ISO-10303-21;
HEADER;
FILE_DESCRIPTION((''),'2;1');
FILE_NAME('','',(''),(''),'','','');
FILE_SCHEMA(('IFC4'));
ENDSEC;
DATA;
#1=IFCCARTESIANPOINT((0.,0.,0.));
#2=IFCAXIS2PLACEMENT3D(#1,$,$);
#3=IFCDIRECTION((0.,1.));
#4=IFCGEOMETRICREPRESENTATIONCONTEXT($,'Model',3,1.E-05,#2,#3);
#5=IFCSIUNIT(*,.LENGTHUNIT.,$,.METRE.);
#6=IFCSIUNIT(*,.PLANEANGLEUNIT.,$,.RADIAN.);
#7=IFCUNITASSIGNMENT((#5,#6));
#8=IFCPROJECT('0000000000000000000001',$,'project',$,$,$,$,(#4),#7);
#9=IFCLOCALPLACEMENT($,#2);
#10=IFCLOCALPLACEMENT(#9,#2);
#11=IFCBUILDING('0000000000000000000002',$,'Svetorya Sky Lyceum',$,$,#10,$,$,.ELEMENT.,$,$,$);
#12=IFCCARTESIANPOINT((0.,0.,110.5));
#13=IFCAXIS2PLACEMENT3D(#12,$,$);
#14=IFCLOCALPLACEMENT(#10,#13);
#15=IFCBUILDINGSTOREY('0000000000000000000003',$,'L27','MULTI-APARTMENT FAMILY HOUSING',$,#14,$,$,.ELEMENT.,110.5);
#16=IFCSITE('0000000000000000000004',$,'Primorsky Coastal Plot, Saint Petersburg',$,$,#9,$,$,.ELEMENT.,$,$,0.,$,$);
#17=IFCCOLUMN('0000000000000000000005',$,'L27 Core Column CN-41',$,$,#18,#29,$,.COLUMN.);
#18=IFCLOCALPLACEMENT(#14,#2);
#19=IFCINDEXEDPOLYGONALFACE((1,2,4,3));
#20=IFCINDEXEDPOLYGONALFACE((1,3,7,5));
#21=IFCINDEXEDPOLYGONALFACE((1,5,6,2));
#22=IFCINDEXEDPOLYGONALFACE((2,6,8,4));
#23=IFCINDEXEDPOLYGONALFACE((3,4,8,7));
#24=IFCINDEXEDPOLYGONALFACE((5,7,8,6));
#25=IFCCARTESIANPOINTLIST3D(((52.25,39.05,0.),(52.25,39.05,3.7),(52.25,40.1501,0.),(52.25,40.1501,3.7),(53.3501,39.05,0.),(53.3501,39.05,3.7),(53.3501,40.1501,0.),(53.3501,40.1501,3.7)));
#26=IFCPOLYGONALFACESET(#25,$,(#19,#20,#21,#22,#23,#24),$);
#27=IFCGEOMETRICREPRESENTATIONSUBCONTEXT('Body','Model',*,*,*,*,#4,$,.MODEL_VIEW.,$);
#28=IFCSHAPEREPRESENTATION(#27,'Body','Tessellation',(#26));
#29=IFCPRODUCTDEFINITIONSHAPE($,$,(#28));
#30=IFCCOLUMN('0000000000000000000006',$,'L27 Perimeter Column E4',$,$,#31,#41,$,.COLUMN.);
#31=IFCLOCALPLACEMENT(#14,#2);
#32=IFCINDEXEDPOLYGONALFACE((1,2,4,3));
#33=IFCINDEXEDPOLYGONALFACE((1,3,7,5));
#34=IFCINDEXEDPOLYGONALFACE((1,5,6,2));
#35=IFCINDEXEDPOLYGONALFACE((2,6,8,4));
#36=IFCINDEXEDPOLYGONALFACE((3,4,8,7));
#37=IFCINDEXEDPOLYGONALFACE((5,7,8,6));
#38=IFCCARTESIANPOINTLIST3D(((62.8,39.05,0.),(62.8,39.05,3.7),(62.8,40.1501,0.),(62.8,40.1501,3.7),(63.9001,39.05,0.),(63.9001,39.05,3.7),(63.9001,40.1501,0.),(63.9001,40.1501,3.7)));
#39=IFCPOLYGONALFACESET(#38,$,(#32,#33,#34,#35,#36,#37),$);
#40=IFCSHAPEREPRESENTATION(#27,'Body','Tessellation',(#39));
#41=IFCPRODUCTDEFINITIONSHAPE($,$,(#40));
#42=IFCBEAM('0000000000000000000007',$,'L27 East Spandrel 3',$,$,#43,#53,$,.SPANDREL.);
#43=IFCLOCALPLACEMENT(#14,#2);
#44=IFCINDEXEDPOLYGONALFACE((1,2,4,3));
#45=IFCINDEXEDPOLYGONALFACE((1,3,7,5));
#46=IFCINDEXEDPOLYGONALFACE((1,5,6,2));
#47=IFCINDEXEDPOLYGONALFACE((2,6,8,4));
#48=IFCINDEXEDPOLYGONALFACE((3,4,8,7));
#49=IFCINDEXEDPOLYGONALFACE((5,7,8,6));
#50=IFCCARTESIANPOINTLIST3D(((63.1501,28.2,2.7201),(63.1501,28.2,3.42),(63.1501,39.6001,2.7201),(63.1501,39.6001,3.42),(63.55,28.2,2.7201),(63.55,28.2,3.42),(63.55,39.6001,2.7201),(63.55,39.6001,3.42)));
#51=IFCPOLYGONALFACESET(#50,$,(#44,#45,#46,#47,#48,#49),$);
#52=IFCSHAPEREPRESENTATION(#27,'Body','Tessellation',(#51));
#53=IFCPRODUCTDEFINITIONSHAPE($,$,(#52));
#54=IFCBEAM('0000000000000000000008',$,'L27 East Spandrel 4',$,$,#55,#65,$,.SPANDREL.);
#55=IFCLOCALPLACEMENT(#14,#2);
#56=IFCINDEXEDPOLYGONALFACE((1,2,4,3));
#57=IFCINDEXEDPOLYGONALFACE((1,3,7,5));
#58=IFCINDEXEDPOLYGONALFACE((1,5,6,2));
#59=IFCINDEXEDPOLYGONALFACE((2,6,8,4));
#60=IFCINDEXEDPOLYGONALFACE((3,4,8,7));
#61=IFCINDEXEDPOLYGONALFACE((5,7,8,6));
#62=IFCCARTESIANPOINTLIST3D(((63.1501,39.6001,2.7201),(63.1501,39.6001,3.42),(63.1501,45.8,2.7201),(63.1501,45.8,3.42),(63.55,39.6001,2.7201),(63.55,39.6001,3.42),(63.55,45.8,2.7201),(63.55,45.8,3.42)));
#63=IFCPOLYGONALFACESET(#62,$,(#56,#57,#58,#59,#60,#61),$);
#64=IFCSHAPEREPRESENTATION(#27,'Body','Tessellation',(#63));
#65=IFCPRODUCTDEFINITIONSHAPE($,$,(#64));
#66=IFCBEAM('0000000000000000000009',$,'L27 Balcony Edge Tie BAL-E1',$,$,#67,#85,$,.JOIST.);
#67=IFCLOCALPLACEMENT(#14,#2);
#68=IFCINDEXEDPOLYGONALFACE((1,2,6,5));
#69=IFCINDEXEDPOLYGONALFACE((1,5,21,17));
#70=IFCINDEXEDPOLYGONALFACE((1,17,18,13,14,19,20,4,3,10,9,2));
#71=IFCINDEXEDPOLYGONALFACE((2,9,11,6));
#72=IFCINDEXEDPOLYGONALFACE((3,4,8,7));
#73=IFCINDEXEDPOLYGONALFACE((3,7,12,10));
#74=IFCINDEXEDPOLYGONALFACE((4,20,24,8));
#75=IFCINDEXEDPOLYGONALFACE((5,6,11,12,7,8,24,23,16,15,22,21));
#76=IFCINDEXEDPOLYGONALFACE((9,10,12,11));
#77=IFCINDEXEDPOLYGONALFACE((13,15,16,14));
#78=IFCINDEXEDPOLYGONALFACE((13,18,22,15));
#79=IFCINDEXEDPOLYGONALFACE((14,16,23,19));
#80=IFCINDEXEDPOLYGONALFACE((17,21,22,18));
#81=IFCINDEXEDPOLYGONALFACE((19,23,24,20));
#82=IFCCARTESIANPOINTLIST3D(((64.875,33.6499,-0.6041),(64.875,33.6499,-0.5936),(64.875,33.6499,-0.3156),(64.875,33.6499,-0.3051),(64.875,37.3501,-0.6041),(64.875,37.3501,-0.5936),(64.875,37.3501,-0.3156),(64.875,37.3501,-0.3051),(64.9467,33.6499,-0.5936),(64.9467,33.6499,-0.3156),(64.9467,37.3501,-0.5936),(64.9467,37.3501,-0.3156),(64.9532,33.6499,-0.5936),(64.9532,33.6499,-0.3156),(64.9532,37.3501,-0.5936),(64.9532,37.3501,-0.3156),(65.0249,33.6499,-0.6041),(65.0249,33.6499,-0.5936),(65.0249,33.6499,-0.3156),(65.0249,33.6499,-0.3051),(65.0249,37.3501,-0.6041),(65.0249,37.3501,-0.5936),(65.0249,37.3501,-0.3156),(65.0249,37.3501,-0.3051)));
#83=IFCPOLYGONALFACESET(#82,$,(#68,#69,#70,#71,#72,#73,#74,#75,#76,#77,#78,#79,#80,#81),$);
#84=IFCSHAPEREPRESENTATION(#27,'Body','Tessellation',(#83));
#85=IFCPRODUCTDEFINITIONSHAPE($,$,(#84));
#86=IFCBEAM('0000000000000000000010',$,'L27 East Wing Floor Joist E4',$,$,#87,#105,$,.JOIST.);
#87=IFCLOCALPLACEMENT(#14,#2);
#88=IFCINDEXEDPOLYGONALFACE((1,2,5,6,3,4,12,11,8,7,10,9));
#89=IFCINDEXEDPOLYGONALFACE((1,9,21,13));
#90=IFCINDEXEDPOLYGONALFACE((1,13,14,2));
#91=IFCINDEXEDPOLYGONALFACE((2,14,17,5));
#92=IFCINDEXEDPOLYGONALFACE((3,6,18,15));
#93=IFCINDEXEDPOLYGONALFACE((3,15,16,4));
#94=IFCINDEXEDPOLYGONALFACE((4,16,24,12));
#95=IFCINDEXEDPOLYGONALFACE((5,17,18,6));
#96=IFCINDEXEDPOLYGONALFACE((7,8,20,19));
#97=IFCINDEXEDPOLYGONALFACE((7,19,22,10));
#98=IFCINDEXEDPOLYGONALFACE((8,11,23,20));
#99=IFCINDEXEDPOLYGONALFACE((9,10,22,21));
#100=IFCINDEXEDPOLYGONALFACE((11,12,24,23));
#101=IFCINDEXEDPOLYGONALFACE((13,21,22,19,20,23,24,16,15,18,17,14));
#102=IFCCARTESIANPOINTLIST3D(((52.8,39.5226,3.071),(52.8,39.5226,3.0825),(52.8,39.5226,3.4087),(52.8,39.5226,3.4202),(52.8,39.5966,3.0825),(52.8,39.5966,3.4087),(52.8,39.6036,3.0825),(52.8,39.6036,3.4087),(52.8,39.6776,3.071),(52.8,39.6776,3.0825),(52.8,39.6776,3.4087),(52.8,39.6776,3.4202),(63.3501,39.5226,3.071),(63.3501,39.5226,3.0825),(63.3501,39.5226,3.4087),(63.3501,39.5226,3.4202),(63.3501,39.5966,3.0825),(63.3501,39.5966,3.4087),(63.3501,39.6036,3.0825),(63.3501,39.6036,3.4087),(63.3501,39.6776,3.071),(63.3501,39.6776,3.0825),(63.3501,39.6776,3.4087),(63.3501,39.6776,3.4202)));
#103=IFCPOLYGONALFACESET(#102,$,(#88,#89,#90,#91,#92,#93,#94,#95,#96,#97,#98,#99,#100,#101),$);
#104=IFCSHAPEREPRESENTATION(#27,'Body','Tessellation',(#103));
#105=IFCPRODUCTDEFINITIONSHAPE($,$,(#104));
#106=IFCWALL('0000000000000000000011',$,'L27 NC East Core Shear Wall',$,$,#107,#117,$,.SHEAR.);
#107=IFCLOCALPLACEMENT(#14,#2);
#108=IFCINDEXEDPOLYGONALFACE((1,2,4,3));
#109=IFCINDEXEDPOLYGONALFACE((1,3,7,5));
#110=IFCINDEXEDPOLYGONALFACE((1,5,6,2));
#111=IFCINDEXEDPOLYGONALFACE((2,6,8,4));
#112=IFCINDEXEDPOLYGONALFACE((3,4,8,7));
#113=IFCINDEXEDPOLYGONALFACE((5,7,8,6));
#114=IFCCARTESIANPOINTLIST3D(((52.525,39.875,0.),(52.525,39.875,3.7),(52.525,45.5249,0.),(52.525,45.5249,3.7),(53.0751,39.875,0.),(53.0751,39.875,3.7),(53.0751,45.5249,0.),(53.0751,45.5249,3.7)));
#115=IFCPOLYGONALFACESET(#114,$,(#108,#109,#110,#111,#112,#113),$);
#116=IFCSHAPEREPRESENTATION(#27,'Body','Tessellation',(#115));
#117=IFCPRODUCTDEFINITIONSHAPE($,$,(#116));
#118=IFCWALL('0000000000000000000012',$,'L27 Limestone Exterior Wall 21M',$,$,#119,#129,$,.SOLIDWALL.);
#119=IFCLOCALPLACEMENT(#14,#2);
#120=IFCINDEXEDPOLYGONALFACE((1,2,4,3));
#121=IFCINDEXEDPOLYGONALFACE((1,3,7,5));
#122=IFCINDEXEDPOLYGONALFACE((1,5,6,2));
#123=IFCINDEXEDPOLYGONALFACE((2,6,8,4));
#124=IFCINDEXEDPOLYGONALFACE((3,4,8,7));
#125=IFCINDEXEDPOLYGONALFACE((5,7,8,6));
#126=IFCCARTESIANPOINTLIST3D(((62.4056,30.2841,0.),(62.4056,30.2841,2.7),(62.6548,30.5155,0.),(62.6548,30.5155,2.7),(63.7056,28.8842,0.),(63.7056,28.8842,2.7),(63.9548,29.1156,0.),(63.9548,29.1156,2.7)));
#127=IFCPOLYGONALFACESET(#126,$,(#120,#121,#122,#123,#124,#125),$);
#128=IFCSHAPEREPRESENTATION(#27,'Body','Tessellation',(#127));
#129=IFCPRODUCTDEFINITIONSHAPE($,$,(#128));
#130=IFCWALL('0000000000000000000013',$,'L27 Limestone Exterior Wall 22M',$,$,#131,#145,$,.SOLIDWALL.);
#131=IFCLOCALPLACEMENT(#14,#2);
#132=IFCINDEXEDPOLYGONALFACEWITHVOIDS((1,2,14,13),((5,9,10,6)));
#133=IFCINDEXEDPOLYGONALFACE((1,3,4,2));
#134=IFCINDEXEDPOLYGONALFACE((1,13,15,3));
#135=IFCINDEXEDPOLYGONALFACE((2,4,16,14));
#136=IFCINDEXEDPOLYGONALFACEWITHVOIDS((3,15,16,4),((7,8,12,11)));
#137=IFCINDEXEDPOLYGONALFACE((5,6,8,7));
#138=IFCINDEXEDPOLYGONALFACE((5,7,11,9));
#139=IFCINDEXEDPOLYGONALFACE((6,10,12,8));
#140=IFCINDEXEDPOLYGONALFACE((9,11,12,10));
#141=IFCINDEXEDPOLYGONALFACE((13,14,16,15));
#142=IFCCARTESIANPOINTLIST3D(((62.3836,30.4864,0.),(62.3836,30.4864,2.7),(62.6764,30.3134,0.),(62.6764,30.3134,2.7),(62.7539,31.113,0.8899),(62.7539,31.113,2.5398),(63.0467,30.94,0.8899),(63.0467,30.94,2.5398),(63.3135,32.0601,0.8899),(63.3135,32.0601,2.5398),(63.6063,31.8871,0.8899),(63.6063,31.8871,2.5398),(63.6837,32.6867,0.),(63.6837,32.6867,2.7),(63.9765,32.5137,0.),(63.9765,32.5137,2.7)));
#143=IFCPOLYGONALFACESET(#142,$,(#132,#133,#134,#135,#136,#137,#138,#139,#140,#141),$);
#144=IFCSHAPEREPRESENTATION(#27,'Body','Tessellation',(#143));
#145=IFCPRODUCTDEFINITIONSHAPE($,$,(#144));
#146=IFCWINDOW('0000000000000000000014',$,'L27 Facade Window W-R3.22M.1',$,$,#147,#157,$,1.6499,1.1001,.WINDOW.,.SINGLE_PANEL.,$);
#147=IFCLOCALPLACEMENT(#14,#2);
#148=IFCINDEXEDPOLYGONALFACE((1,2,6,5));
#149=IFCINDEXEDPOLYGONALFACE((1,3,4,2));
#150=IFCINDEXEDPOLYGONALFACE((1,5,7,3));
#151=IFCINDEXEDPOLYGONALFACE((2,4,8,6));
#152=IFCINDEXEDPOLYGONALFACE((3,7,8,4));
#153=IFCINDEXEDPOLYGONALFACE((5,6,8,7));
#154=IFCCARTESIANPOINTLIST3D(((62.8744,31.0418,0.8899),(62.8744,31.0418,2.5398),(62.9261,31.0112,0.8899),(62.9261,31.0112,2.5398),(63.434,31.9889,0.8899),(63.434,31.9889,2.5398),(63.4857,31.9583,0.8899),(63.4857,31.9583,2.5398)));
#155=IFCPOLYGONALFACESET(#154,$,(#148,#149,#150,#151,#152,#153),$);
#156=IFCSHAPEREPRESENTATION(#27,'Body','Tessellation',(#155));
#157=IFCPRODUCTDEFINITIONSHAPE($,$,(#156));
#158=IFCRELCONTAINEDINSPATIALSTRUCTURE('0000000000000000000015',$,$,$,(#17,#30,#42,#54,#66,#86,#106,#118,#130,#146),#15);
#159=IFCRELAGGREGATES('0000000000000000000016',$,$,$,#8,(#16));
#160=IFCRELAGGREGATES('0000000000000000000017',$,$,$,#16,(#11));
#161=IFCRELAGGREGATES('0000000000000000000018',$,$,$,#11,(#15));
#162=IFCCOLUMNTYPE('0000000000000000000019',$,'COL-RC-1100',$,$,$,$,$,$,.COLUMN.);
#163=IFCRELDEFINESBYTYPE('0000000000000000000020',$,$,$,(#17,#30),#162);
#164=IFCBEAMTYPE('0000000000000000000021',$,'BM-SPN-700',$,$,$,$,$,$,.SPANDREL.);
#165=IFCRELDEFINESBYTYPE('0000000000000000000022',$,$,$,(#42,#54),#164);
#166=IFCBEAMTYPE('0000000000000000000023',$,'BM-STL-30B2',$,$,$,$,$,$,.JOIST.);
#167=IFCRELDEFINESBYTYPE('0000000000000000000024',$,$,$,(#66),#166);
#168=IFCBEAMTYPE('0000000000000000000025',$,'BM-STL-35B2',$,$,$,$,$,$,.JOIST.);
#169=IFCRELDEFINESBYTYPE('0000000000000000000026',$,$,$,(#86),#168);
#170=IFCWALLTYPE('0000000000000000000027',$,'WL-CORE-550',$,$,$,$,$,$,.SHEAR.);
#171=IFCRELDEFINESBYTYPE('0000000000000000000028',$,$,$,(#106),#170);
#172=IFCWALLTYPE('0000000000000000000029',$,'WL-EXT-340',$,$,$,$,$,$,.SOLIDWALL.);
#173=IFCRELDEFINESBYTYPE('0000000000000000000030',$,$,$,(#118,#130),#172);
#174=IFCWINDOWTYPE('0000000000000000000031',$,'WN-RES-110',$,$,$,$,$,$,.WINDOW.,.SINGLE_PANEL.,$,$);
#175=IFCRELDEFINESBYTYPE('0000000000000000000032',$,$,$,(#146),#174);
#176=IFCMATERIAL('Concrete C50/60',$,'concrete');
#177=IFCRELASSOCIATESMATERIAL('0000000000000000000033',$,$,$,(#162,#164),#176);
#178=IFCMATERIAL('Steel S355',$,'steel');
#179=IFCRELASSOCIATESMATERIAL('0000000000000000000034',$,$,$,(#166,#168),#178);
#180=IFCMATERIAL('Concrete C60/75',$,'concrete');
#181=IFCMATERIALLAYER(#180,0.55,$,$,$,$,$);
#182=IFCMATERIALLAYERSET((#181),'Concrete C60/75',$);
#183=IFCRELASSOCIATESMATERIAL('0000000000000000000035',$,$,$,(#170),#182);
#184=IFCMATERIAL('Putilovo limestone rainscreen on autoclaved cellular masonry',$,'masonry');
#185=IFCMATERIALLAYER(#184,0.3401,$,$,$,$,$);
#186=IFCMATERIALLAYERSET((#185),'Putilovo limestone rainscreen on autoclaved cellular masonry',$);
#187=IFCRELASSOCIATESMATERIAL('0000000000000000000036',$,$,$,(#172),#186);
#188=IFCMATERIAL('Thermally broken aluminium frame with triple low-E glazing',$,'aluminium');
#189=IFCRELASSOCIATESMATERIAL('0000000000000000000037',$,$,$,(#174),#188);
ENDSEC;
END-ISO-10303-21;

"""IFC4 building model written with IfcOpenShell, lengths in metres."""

from ifc_helpers import new_model, si_unit, direction, frame, frame_2d, origin, origin_2d, place, context, subcontext, project, spatial, rectangle, i_section, extrude, material, layer, layer_set, material_profile, profile_set, type_object, element, fill, save


model = new_model("IFC4")

# Units and contexts
model_context = context("Model", 3, precision=1e-05, world=origin(), true_north=direction((0.0, 1.0)))
body_context = subcontext(model_context, "Body", "Model", "MODEL_VIEW")
ifc_project = project(units=[si_unit("LENGTHUNIT", "METRE"), si_unit("PLANEANGLEUNIT", "RADIAN")], contexts=[model_context])

# Site, building, storey
site_placement = place(None, origin())
site = spatial("IfcSite", under=ifc_project, at=site_placement, Name="Primorsky Coastal Plot, Saint Petersburg", CompositionType="ELEMENT", RefElevation=0.0)
building_placement = place(site_placement, origin())
building = spatial("IfcBuilding", under=site, at=building_placement, Name="Svetorya Sky Lyceum", CompositionType="ELEMENT")
storey_placement = place(building_placement, frame((0.0, 0.0, 110.5)))
storey = spatial("IfcBuildingStorey", under=building, at=storey_placement, Name="L27", Description="MULTI-APARTMENT FAMILY HOUSING", CompositionType="ELEMENT", Elevation=110.5)

# Columns
ifc_material_1 = material(Name="Concrete C50/60", Category="concrete")
ifc_material_profile_1 = material_profile(ifc_material_1, rectangle(XDim=1.1001, YDim=1.1001, at=origin_2d()), Name="RC COL 1100x1100")
ifc_profile_set_1 = profile_set([ifc_material_profile_1], Name="Concrete C50/60")
column_type = type_object("IfcColumnType", Name="COL-RC-1100", PredefinedType="COLUMN", material=ifc_profile_set_1)
for number, where, z_axis, x_axis, name in (
    (1, (52.8, 39.6001, 0.0), (0.0, 0.0, 1.0), (1.0, 0.0, 0.0), "L27 Core Column CN-41"),
    (2, (63.3501, 39.6001, 0.0), (0.0, 0.0, 1.0), (1.0, 0.0, 0.0), "L27 Perimeter Column E4"),
):
    element("IfcColumn", number, at=place(storey_placement, frame(where, z_axis=z_axis, x_axis=x_axis)), inside=storey, type_object=column_type, Name=name, PredefinedType="COLUMN", context=body_context, shape_type="SweptSolid", body=[
        extrude(rectangle(XDim=1.1001, YDim=1.1001, at=origin_2d()), origin(), (0.0, 0.0, 1.0), 3.7),
    ])

# Beams
ifc_material_profile_2 = material_profile(ifc_material_1, rectangle(XDim=0.3999, YDim=0.7, at=origin_2d()), Name="RC SPANDREL 400x700")
ifc_profile_set_2 = profile_set([ifc_material_profile_2], Name="Concrete C50/60")
beam_type_1 = type_object("IfcBeamType", Name="BM-SPN-700", PredefinedType="SPANDREL", material=ifc_profile_set_2)
beam_1_placement = place(storey_placement, frame((63.3501, 28.2, 3.0701), z_axis=(0.0, 1.0, 0.0), x_axis=(-1.0, 0.0, 0.0)))
element("IfcBeam", 3, at=beam_1_placement, inside=storey, type_object=beam_type_1, Name="L27 East Spandrel 3", PredefinedType="SPANDREL", context=body_context, shape_type="SweptSolid", body=[
    extrude(rectangle(XDim=0.3999, YDim=0.7, at=origin_2d()), origin(), (0.0, 0.0, 1.0), 11.4001),
])
beam_2_placement = place(storey_placement, frame((63.3501, 39.6001, 3.0701), z_axis=(0.0, 1.0, 0.0), x_axis=(-1.0, 0.0, 0.0)))
element("IfcBeam", 4, at=beam_2_placement, inside=storey, type_object=beam_type_1, Name="L27 East Spandrel 4", PredefinedType="SPANDREL", context=body_context, shape_type="SweptSolid", body=[
    extrude(rectangle(XDim=0.3999, YDim=0.7, at=origin_2d()), origin(), (0.0, 0.0, 1.0), 6.2),
])
ifc_material_2 = material(Name="Steel S355", Category="steel")
ifc_material_profile_3 = material_profile(ifc_material_2, i_section(OverallWidth=0.1499, OverallDepth=0.2991, WebThickness=0.0066, FlangeThickness=0.0105, at=origin_2d()), Name="GOST 30B2")
ifc_profile_set_3 = profile_set([ifc_material_profile_3], Name="Steel S355")
beam_type_2 = type_object("IfcBeamType", Name="BM-STL-30B2", PredefinedType="JOIST", material=ifc_profile_set_3)
beam_3_placement = place(storey_placement, frame((64.95, 33.6499, -0.4546), z_axis=(0.0, 1.0, 0.0), x_axis=(-1.0, 0.0, 0.0)))
element("IfcBeam", 5, at=beam_3_placement, inside=storey, type_object=beam_type_2, Name="L27 Balcony Edge Tie BAL-E1", PredefinedType="JOIST", context=body_context, shape_type="SweptSolid", body=[
    extrude(i_section(OverallWidth=0.1499, OverallDepth=0.2991, WebThickness=0.0066, FlangeThickness=0.0105, at=origin_2d()), origin(), (0.0, 0.0, 1.0), 3.7002),
])
ifc_material_profile_4 = material_profile(ifc_material_2, i_section(OverallWidth=0.155, OverallDepth=0.3491, WebThickness=0.0071, FlangeThickness=0.0115, at=origin_2d()), Name="GOST 35B2")
ifc_profile_set_4 = profile_set([ifc_material_profile_4], Name="Steel S355")
beam_type_3 = type_object("IfcBeamType", Name="BM-STL-35B2", PredefinedType="JOIST", material=ifc_profile_set_4)
beam_4_placement = place(storey_placement, frame((52.8, 39.6001, 3.2456), z_axis=(1.0, 0.0, 0.0), x_axis=(0.0, 1.0, 0.0)))
element("IfcBeam", 6, at=beam_4_placement, inside=storey, type_object=beam_type_3, Name="L27 East Wing Floor Joist E4", PredefinedType="JOIST", context=body_context, shape_type="SweptSolid", body=[
    extrude(i_section(OverallWidth=0.155, OverallDepth=0.3491, WebThickness=0.0071, FlangeThickness=0.0115, at=origin_2d()), origin(), (0.0, 0.0, 1.0), 10.55),
])

# Walls
ifc_material_3 = material(Name="Concrete C60/75", Category="concrete")
ifc_layer_1 = layer(ifc_material_3, 0.55)
ifc_layer_set_1 = layer_set([ifc_layer_1], Name="Concrete C60/75")
wall_type_1 = type_object("IfcWallType", Name="WL-CORE-550", PredefinedType="SHEAR", material=ifc_layer_set_1)
wall_1_placement = place(storey_placement, frame((52.8, 39.875, 0.0), z_axis=(0.0, 0.0, 1.0), x_axis=(0.0, 1.0, 0.0)))
element("IfcWall", 7, at=wall_1_placement, inside=storey, type_object=wall_type_1, Name="L27 NC East Core Shear Wall", PredefinedType="SHEAR", context=body_context, shape_type="SweptSolid", body=[
    extrude(rectangle(XDim=5.6499, YDim=0.55, at=frame_2d((2.825, 0.0))), origin(), (0.0, 0.0, 1.0), 3.7),
])
ifc_material_4 = material(Name="Putilovo limestone rainscreen on autoclaved cellular masonry", Category="masonry")
ifc_layer_2 = layer(ifc_material_4, 0.3401)
ifc_layer_set_2 = layer_set([ifc_layer_2], Name="Putilovo limestone rainscreen on autoclaved cellular masonry")
wall_type_2 = type_object("IfcWallType", Name="WL-EXT-340", PredefinedType="SOLIDWALL", material=ifc_layer_set_2)
wall_2_placement = place(storey_placement, frame((63.8301, 29.0, 0.0), z_axis=(0.0, 0.0, 1.0), x_axis=(-0.68049, 0.732757, 0.0)))
element("IfcWall", 8, at=wall_2_placement, inside=storey, type_object=wall_type_2, Name="L27 Limestone Exterior Wall 21M", PredefinedType="SOLIDWALL", context=body_context, shape_type="SweptSolid", body=[
    extrude(rectangle(XDim=1.9104, YDim=0.3401, at=frame_2d((0.9551, 0.0))), origin(), (0.0, 0.0, 1.0), 2.7),
])

# Wall, opening, window
wall_3_placement = place(storey_placement, frame((62.53, 30.3999, 0.0), z_axis=(0.0, 0.0, 1.0), x_axis=(0.50871, 0.860938, 0.0)))
wall_3 = element("IfcWall", 9, at=wall_3_placement, inside=storey, type_object=wall_type_2, Name="L27 Limestone Exterior Wall 22M", PredefinedType="SOLIDWALL", context=body_context, shape_type="SweptSolid", body=[
    extrude(rectangle(XDim=2.5557, YDim=0.3401, at=frame_2d((1.2778, 0.0))), origin(), (0.0, 0.0, 1.0), 2.7),
])
opening_1_placement = place(wall_3_placement, frame((0.7278, 0.0, 0.8899)))
opening_1 = element("IfcOpeningElement", 10, at=opening_1_placement, cuts=wall_3, PredefinedType="OPENING", context=body_context, shape_type="SweptSolid", body=[
    extrude(rectangle(XDim=1.1001, YDim=1.6499, at=frame_2d((0.55, 0.825))), frame((0.0, 0.1799, 0.0), z_axis=(0.0, -1.0, 0.0), x_axis=(1.0, 0.0, 0.0)), (0.0, 0.0, 1.0), 0.3601),
])
ifc_material_5 = material(Name="Thermally broken aluminium frame with triple low-E glazing", Category="aluminium")
window_type_1 = type_object("IfcWindowType", Name="WN-RES-110", PartitioningType="SINGLE_PANEL", PredefinedType="WINDOW", material=ifc_material_5)
window_1_placement = place(opening_1_placement, origin())
window_1 = element("IfcWindow", 11, at=window_1_placement, inside=storey, type_object=window_type_1, Name="L27 Facade Window W-R3.22M.1", OverallHeight=1.6499, OverallWidth=1.1001, PartitioningType="SINGLE_PANEL", PredefinedType="WINDOW", context=body_context, shape_type="SweptSolid", body=[
    extrude(rectangle(XDim=1.1001, YDim=1.6499, at=frame_2d((0.55, 0.825))), frame((0.0, 0.03, 0.0), z_axis=(0.0, -1.0, 0.0), x_axis=(1.0, 0.0, 0.0)), (0.0, 0.0, 1.0), 0.0601),
])
fill(opening_1, window_1)

save(model, "model.ifc")
